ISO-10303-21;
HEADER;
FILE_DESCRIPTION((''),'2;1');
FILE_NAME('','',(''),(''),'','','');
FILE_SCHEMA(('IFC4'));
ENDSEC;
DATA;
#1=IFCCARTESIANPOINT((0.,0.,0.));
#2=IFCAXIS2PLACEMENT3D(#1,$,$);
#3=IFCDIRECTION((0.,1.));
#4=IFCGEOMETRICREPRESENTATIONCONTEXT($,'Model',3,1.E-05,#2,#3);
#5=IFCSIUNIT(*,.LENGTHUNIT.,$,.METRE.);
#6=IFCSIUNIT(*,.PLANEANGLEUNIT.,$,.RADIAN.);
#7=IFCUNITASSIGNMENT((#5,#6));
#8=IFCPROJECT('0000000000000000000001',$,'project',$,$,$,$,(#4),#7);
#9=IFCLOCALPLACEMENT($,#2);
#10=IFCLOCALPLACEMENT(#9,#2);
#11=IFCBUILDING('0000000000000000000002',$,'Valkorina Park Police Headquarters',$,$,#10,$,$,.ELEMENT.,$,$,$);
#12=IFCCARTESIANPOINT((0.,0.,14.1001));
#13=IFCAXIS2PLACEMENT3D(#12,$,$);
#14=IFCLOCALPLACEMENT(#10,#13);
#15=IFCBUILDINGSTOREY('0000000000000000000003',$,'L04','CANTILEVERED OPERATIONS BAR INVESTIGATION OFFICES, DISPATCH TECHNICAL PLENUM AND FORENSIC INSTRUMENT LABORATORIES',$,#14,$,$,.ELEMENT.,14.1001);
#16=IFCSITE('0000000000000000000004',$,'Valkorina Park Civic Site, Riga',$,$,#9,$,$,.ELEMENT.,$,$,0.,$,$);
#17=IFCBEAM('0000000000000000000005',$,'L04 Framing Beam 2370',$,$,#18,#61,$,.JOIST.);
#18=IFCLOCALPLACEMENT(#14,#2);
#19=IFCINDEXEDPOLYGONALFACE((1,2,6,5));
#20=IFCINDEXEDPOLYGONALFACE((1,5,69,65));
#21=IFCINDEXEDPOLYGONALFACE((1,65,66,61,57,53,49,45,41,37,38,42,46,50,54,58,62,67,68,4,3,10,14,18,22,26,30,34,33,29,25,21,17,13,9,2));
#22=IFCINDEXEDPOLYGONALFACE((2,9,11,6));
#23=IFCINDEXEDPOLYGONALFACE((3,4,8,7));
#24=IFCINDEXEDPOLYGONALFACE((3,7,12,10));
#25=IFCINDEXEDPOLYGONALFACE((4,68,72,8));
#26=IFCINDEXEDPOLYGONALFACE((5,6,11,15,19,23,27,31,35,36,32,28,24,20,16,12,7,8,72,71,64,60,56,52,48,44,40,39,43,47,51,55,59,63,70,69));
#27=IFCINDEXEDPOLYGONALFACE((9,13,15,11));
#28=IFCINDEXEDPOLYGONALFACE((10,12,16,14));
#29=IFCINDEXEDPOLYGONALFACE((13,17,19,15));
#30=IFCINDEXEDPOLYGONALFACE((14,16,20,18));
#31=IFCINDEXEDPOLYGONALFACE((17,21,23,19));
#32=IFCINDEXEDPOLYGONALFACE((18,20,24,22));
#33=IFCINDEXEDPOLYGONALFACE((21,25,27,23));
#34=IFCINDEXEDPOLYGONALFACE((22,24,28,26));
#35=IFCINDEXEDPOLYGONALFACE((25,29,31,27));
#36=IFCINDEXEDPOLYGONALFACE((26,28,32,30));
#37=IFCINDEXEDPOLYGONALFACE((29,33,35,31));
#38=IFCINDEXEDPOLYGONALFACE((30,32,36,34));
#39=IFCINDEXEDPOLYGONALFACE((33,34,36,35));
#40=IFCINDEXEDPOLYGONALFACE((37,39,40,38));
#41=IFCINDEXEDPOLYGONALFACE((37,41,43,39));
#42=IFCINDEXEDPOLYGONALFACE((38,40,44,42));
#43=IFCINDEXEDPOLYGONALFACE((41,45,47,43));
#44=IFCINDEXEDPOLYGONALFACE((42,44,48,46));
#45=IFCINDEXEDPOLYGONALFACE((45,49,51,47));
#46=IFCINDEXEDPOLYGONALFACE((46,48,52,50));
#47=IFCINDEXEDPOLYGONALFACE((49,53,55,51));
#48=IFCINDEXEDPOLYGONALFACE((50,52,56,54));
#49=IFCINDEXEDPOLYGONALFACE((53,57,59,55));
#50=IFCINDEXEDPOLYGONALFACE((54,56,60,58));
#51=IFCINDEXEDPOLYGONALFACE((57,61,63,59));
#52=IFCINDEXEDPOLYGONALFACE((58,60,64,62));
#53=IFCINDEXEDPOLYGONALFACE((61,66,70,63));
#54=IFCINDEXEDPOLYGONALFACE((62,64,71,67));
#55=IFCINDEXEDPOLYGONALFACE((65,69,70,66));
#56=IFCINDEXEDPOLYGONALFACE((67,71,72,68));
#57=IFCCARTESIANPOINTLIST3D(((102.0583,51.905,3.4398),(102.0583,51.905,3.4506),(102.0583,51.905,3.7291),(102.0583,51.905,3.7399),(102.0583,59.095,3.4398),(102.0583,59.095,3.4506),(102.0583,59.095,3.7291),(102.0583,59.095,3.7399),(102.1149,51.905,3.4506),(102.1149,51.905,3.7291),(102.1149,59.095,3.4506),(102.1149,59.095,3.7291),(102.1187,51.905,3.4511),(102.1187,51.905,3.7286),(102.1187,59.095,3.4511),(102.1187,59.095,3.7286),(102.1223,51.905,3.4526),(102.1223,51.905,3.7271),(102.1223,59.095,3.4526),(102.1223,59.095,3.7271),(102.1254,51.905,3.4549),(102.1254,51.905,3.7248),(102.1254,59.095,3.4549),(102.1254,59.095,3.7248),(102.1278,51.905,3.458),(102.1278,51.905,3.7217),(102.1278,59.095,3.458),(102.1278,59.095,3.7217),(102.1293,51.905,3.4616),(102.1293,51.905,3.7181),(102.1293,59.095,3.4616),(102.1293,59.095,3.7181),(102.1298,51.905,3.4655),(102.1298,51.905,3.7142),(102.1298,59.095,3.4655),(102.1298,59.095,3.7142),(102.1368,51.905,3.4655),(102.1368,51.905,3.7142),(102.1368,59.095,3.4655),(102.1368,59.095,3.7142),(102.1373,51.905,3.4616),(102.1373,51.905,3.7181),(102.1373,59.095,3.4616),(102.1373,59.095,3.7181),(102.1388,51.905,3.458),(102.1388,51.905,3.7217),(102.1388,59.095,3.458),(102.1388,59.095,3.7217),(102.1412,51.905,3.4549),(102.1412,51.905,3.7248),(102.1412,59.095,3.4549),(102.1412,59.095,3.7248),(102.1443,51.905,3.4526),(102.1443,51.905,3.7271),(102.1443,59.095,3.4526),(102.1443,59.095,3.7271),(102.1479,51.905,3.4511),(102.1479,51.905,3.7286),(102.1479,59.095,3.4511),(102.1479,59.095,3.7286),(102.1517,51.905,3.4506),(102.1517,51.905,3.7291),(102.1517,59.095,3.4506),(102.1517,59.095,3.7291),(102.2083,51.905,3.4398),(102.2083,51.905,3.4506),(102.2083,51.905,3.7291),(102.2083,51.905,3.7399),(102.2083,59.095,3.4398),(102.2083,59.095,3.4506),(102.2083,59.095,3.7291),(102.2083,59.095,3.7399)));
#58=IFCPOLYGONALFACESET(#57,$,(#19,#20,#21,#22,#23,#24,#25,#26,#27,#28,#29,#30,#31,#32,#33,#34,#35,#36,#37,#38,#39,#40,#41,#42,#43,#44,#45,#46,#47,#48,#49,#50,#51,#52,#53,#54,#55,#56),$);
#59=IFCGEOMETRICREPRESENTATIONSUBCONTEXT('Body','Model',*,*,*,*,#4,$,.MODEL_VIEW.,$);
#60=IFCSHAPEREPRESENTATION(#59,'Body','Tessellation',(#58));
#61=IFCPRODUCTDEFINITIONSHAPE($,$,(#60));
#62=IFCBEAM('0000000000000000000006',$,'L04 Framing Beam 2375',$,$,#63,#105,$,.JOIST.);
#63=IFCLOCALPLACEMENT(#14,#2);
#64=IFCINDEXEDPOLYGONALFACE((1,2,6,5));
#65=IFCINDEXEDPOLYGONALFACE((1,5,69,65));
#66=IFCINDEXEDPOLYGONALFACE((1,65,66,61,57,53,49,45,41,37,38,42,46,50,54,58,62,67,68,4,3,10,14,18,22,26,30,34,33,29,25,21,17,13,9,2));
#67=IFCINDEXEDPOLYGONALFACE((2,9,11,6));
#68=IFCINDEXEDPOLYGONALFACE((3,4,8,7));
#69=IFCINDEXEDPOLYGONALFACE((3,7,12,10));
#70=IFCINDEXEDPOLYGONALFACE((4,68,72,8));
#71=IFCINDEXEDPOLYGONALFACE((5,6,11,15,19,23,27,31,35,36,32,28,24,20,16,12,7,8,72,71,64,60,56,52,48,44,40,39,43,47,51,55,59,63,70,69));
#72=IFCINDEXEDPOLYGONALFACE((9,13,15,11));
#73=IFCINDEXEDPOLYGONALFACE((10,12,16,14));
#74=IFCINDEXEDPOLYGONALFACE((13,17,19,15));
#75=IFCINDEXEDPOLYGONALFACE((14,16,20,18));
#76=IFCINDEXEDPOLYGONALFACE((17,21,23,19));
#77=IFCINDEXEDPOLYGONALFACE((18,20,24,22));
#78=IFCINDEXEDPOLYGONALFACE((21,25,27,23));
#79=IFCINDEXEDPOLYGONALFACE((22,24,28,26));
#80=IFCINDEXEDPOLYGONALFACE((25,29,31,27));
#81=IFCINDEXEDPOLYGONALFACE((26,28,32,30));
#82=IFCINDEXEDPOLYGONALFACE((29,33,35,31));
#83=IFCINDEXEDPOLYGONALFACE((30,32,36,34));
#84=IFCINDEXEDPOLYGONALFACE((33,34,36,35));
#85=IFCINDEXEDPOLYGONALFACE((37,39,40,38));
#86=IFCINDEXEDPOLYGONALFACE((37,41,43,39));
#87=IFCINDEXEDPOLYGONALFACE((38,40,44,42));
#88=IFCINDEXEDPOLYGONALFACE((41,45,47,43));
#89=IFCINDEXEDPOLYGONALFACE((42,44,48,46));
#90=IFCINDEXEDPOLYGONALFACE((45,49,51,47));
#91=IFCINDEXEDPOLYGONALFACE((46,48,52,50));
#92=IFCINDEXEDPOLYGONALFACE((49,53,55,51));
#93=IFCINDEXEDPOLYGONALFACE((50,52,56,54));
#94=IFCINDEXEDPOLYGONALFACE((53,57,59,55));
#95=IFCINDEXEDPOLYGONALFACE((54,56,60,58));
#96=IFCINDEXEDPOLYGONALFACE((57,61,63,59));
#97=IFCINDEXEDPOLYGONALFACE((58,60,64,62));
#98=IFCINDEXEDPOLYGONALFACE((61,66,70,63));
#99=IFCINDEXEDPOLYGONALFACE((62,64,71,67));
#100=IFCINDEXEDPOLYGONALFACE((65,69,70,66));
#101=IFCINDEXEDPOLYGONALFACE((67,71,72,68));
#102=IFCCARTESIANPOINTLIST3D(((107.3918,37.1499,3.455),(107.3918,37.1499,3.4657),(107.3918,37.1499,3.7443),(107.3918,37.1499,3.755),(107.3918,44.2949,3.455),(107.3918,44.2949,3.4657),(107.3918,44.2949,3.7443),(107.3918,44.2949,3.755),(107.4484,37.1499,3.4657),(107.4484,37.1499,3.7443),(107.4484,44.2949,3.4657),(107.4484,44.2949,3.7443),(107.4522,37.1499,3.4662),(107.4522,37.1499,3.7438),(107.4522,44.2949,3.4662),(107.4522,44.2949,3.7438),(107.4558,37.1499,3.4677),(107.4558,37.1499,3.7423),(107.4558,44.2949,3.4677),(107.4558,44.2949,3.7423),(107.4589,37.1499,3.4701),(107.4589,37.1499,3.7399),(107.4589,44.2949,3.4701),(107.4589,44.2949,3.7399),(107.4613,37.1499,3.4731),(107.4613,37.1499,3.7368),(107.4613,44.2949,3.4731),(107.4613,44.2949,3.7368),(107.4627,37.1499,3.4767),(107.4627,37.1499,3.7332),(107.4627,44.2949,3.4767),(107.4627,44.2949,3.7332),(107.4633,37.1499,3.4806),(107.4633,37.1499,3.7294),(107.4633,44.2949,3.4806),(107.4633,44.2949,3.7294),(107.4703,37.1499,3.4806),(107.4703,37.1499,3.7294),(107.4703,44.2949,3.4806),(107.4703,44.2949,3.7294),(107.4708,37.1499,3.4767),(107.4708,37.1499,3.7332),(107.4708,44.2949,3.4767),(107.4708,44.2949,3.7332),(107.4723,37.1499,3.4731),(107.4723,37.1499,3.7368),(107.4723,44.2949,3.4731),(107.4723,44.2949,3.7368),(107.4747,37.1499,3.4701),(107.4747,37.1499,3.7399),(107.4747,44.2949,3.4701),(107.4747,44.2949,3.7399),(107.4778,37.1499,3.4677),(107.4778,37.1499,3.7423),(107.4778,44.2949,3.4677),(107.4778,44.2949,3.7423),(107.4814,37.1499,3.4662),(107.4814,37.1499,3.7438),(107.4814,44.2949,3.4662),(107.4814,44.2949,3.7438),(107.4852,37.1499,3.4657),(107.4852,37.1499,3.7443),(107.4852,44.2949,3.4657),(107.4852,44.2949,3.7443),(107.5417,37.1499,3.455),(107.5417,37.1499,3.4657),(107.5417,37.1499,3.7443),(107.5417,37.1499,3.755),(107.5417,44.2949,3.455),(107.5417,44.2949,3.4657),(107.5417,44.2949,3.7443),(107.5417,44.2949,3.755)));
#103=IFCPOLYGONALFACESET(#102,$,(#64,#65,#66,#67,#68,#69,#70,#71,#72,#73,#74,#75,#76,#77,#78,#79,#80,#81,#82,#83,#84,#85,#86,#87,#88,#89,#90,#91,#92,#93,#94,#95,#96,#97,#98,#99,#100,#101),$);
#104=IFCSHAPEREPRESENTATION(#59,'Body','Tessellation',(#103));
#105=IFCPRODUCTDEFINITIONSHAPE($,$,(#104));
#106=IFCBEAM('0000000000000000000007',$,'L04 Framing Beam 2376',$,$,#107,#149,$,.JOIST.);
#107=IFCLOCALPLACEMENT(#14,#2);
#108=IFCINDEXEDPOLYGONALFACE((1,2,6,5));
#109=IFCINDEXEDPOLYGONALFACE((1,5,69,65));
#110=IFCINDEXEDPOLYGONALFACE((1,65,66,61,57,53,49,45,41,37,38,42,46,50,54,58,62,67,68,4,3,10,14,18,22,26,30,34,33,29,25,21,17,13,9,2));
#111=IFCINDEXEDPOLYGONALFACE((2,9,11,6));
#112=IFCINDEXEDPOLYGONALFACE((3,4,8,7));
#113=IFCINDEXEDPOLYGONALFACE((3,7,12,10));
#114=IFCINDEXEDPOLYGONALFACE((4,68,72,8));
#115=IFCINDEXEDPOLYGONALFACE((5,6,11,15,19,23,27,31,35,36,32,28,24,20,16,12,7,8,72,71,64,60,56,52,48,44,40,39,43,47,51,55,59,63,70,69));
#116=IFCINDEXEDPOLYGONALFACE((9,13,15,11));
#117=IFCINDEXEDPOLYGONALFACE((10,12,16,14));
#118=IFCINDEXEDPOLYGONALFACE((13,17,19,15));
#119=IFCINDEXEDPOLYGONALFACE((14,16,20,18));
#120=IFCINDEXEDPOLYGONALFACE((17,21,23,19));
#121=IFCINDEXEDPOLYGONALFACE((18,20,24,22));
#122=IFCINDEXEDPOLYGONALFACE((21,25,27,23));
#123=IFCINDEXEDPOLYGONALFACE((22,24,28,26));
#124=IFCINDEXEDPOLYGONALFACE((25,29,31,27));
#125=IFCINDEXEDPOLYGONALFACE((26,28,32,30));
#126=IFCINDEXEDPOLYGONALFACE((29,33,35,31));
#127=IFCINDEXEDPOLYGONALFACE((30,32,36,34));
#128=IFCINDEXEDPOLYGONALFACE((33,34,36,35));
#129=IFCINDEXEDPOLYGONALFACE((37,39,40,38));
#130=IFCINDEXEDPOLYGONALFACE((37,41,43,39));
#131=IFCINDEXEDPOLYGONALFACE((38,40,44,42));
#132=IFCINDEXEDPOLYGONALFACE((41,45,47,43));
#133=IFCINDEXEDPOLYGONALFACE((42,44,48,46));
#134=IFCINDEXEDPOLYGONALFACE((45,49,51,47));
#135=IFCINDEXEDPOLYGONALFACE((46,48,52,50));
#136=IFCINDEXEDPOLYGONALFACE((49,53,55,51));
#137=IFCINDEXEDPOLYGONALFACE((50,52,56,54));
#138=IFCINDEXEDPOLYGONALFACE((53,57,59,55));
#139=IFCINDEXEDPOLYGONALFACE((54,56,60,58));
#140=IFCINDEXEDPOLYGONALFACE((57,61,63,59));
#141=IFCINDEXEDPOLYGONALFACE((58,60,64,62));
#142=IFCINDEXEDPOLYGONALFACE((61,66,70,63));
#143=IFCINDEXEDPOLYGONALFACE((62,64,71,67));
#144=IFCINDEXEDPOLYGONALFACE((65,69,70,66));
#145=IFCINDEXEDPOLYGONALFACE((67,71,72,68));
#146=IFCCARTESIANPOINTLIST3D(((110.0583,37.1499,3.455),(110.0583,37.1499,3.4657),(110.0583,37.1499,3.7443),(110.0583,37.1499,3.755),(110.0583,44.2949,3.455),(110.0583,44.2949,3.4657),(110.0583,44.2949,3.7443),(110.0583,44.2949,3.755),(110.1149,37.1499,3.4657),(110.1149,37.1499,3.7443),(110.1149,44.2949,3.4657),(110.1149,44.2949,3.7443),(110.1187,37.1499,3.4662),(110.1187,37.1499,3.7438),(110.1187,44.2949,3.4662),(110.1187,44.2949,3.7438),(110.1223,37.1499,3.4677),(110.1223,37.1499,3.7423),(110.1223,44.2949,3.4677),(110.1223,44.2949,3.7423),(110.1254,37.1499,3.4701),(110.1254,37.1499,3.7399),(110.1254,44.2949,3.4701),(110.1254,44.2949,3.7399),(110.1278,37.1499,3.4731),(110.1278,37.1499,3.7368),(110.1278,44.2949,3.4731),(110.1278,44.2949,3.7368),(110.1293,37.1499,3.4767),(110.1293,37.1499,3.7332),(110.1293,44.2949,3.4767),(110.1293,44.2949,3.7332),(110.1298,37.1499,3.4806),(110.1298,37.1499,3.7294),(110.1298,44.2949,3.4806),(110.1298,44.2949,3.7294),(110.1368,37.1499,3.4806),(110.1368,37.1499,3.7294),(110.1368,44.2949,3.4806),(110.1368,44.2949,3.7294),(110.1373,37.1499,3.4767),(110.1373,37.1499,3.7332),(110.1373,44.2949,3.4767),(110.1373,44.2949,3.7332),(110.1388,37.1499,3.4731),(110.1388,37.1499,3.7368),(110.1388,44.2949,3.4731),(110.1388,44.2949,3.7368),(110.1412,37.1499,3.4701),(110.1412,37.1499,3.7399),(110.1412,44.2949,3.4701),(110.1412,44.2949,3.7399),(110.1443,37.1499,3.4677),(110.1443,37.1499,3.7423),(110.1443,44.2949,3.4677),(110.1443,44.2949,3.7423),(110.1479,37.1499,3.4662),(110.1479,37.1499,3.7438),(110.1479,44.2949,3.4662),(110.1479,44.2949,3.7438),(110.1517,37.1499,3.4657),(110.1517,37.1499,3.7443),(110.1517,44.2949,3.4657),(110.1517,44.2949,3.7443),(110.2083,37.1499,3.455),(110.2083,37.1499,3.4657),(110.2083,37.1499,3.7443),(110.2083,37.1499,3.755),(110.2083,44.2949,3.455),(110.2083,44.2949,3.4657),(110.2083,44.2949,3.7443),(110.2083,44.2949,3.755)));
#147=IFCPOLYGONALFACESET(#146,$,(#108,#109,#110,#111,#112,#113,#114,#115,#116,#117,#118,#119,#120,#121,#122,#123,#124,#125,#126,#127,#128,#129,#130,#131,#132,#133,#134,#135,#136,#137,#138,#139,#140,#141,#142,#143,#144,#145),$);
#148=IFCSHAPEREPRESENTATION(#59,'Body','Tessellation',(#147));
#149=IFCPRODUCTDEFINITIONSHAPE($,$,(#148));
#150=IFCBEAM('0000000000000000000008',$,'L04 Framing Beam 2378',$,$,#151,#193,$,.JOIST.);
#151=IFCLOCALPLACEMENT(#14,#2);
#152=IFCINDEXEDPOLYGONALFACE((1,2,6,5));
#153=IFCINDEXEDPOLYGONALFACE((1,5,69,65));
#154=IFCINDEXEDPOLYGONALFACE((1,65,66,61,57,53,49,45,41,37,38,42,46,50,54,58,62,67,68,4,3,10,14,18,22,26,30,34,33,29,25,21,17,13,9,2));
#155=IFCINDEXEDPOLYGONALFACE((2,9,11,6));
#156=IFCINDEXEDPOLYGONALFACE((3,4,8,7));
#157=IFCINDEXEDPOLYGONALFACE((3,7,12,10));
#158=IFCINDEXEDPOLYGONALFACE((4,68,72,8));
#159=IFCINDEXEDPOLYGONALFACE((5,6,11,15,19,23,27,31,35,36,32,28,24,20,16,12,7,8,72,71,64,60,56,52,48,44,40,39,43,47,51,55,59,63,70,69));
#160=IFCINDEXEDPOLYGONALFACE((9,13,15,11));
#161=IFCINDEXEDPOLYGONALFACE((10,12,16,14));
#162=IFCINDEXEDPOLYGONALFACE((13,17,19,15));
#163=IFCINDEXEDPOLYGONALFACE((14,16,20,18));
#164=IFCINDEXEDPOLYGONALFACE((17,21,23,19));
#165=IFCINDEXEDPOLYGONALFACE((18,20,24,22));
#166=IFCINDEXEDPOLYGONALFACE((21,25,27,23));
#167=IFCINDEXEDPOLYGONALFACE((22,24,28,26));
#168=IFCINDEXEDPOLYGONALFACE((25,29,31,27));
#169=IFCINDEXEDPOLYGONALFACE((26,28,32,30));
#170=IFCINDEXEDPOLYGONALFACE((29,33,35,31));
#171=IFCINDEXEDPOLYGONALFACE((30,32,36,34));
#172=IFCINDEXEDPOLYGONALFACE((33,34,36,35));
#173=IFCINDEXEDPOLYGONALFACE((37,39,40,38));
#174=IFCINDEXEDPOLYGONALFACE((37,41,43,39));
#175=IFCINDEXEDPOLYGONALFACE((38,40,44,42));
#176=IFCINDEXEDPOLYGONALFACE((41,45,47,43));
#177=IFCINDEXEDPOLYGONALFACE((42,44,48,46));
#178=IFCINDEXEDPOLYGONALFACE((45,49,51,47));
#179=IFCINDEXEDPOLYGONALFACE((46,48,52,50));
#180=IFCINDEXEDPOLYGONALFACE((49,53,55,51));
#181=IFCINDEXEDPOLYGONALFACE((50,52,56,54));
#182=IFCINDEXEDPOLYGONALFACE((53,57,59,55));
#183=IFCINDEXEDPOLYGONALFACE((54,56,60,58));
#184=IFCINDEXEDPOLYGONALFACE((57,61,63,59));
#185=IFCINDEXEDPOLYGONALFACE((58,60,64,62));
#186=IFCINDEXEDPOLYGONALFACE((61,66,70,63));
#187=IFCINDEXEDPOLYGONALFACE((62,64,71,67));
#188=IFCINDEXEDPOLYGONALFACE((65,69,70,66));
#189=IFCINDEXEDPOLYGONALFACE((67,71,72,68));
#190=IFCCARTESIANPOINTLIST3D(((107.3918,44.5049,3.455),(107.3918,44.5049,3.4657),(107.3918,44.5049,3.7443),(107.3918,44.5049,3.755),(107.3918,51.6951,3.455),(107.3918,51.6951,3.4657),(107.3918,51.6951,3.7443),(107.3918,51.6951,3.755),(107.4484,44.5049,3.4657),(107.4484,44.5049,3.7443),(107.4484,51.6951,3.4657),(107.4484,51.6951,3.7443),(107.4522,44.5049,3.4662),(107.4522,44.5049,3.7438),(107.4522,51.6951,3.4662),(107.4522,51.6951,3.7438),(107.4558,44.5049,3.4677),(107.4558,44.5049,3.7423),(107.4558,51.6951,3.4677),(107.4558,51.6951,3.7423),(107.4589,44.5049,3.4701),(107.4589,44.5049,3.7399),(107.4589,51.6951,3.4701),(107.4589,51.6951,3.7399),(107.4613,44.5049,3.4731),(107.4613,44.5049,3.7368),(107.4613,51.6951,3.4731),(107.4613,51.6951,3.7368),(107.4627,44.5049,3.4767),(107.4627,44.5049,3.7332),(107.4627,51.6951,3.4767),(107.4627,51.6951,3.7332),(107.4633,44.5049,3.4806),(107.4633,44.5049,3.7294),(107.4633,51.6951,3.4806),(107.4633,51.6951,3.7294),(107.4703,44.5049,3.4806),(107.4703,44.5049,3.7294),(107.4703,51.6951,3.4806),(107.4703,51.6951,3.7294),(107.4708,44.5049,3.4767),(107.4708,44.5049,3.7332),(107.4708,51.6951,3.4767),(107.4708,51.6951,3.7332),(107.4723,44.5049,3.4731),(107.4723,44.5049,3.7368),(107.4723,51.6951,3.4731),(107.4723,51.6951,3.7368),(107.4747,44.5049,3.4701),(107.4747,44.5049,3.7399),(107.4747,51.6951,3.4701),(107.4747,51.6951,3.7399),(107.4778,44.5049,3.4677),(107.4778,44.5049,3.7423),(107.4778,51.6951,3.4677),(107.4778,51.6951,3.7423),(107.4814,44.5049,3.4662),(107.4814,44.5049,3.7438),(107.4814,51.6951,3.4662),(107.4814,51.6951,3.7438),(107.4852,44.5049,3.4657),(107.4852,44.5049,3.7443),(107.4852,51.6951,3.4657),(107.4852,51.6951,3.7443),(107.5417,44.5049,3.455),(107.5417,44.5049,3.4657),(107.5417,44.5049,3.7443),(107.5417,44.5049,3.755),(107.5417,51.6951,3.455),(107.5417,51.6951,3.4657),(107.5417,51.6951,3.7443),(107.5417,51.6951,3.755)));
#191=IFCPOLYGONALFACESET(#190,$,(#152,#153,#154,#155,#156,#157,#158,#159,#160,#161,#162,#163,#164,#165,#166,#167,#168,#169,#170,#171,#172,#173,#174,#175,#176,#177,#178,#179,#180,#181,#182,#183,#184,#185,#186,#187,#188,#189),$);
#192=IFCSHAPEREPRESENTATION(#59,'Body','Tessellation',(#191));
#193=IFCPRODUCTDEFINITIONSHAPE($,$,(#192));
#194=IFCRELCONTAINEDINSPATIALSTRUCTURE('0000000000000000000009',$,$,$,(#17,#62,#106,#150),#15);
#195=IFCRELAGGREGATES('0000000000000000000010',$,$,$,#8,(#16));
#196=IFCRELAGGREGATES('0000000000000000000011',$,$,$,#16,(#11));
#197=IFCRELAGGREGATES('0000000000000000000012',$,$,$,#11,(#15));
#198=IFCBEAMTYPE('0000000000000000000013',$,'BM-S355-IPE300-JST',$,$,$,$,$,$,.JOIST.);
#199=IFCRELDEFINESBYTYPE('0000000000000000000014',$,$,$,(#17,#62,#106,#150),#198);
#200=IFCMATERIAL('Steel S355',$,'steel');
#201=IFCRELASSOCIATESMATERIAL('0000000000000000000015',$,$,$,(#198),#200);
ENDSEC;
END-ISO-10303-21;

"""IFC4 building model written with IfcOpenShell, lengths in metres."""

from ifc_helpers import new_model, si_unit, direction, frame, origin, origin_2d, place, context, subcontext, project, spatial, i_section, extrude, material, material_profile, profile_set, type_object, element, save


model = new_model("IFC4")

# Units and contexts
model_context = context("Model", 3, precision=1e-05, world=origin(), true_north=direction((0.0, 1.0)))
body_context = subcontext(model_context, "Body", "Model", "MODEL_VIEW")
ifc_project = project(units=[si_unit("LENGTHUNIT", "METRE"), si_unit("PLANEANGLEUNIT", "RADIAN")], contexts=[model_context])

# Site, building, storey
site_placement = place(None, origin())
site = spatial("IfcSite", under=ifc_project, at=site_placement, Name="Valkorina Park Civic Site, Riga", CompositionType="ELEMENT", RefElevation=0.0)
building_placement = place(site_placement, origin())
building = spatial("IfcBuilding", under=site, at=building_placement, Name="Valkorina Park Police Headquarters", CompositionType="ELEMENT")
storey_placement = place(building_placement, frame((0.0, 0.0, 14.1001)))
storey = spatial("IfcBuildingStorey", under=building, at=storey_placement, Name="L04", Description="CANTILEVERED OPERATIONS BAR INVESTIGATION OFFICES, DISPATCH TECHNICAL PLENUM AND FORENSIC INSTRUMENT LABORATORIES", CompositionType="ELEMENT", Elevation=14.1001)

# Shared definitions
ifc_material_1 = material(Name="Steel S355", Category="steel")

# Beams
ifc_material_profile_1 = material_profile(ifc_material_1, i_section(OverallWidth=0.1499, OverallDepth=0.3, WebThickness=0.0071, FlangeThickness=0.0107, FilletRadius=0.0149, at=origin_2d()), Name="IPE 300")
ifc_profile_set_1 = profile_set([ifc_material_profile_1], Name="Steel S355")
beam_type_1 = type_object("IfcBeamType", Name="BM-S355-IPE300-JST", PredefinedType="JOIST", material=ifc_profile_set_1)
beam_1_placement = place(storey_placement, frame((102.1333, 51.905, 3.5898), z_axis=(0.0, 1.0, 0.0), x_axis=(-1.0, 0.0, 0.0)))
element("IfcBeam", 1, at=beam_1_placement, inside=storey, type_object=beam_type_1, Name="L04 Framing Beam 2370", PredefinedType="JOIST", context=body_context, shape_type="SweptSolid", body=[
    extrude(i_section(OverallWidth=0.1499, OverallDepth=0.3, WebThickness=0.0071, FlangeThickness=0.0107, FilletRadius=0.0149, at=origin_2d()), origin(), (0.0, 0.0, 1.0), 7.1899),
])
for number, where, z_axis, x_axis, name in (
    (2, (107.4668, 37.1499, 3.605), (0.0, 1.0, 0.0), (-1.0, 0.0, 0.0), "L04 Framing Beam 2375"),
    (3, (110.1333, 37.1499, 3.605), (0.0, 1.0, 0.0), (-1.0, 0.0, 0.0), "L04 Framing Beam 2376"),
):
    element("IfcBeam", number, at=place(storey_placement, frame(where, z_axis=z_axis, x_axis=x_axis)), inside=storey, type_object=beam_type_1, Name=name, PredefinedType="JOIST", context=body_context, shape_type="SweptSolid", body=[
        extrude(i_section(OverallWidth=0.1499, OverallDepth=0.3, WebThickness=0.0071, FlangeThickness=0.0107, FilletRadius=0.0149, at=origin_2d()), origin(), (0.0, 0.0, 1.0), 7.145),
    ])
for number, where, z_axis, x_axis, name in (
    (4, (107.4668, 44.5049, 3.605), (0.0, 1.0, 0.0), (-1.0, 0.0, 0.0), "L04 Framing Beam 2378"),
):
    element("IfcBeam", number, at=place(storey_placement, frame(where, z_axis=z_axis, x_axis=x_axis)), inside=storey, type_object=beam_type_1, Name=name, PredefinedType="JOIST", context=body_context, shape_type="SweptSolid", body=[
        extrude(i_section(OverallWidth=0.1499, OverallDepth=0.3, WebThickness=0.0071, FlangeThickness=0.0107, FilletRadius=0.0149, at=origin_2d()), origin(), (0.0, 0.0, 1.0), 7.1902),
    ])

save(model, "model.ifc")
